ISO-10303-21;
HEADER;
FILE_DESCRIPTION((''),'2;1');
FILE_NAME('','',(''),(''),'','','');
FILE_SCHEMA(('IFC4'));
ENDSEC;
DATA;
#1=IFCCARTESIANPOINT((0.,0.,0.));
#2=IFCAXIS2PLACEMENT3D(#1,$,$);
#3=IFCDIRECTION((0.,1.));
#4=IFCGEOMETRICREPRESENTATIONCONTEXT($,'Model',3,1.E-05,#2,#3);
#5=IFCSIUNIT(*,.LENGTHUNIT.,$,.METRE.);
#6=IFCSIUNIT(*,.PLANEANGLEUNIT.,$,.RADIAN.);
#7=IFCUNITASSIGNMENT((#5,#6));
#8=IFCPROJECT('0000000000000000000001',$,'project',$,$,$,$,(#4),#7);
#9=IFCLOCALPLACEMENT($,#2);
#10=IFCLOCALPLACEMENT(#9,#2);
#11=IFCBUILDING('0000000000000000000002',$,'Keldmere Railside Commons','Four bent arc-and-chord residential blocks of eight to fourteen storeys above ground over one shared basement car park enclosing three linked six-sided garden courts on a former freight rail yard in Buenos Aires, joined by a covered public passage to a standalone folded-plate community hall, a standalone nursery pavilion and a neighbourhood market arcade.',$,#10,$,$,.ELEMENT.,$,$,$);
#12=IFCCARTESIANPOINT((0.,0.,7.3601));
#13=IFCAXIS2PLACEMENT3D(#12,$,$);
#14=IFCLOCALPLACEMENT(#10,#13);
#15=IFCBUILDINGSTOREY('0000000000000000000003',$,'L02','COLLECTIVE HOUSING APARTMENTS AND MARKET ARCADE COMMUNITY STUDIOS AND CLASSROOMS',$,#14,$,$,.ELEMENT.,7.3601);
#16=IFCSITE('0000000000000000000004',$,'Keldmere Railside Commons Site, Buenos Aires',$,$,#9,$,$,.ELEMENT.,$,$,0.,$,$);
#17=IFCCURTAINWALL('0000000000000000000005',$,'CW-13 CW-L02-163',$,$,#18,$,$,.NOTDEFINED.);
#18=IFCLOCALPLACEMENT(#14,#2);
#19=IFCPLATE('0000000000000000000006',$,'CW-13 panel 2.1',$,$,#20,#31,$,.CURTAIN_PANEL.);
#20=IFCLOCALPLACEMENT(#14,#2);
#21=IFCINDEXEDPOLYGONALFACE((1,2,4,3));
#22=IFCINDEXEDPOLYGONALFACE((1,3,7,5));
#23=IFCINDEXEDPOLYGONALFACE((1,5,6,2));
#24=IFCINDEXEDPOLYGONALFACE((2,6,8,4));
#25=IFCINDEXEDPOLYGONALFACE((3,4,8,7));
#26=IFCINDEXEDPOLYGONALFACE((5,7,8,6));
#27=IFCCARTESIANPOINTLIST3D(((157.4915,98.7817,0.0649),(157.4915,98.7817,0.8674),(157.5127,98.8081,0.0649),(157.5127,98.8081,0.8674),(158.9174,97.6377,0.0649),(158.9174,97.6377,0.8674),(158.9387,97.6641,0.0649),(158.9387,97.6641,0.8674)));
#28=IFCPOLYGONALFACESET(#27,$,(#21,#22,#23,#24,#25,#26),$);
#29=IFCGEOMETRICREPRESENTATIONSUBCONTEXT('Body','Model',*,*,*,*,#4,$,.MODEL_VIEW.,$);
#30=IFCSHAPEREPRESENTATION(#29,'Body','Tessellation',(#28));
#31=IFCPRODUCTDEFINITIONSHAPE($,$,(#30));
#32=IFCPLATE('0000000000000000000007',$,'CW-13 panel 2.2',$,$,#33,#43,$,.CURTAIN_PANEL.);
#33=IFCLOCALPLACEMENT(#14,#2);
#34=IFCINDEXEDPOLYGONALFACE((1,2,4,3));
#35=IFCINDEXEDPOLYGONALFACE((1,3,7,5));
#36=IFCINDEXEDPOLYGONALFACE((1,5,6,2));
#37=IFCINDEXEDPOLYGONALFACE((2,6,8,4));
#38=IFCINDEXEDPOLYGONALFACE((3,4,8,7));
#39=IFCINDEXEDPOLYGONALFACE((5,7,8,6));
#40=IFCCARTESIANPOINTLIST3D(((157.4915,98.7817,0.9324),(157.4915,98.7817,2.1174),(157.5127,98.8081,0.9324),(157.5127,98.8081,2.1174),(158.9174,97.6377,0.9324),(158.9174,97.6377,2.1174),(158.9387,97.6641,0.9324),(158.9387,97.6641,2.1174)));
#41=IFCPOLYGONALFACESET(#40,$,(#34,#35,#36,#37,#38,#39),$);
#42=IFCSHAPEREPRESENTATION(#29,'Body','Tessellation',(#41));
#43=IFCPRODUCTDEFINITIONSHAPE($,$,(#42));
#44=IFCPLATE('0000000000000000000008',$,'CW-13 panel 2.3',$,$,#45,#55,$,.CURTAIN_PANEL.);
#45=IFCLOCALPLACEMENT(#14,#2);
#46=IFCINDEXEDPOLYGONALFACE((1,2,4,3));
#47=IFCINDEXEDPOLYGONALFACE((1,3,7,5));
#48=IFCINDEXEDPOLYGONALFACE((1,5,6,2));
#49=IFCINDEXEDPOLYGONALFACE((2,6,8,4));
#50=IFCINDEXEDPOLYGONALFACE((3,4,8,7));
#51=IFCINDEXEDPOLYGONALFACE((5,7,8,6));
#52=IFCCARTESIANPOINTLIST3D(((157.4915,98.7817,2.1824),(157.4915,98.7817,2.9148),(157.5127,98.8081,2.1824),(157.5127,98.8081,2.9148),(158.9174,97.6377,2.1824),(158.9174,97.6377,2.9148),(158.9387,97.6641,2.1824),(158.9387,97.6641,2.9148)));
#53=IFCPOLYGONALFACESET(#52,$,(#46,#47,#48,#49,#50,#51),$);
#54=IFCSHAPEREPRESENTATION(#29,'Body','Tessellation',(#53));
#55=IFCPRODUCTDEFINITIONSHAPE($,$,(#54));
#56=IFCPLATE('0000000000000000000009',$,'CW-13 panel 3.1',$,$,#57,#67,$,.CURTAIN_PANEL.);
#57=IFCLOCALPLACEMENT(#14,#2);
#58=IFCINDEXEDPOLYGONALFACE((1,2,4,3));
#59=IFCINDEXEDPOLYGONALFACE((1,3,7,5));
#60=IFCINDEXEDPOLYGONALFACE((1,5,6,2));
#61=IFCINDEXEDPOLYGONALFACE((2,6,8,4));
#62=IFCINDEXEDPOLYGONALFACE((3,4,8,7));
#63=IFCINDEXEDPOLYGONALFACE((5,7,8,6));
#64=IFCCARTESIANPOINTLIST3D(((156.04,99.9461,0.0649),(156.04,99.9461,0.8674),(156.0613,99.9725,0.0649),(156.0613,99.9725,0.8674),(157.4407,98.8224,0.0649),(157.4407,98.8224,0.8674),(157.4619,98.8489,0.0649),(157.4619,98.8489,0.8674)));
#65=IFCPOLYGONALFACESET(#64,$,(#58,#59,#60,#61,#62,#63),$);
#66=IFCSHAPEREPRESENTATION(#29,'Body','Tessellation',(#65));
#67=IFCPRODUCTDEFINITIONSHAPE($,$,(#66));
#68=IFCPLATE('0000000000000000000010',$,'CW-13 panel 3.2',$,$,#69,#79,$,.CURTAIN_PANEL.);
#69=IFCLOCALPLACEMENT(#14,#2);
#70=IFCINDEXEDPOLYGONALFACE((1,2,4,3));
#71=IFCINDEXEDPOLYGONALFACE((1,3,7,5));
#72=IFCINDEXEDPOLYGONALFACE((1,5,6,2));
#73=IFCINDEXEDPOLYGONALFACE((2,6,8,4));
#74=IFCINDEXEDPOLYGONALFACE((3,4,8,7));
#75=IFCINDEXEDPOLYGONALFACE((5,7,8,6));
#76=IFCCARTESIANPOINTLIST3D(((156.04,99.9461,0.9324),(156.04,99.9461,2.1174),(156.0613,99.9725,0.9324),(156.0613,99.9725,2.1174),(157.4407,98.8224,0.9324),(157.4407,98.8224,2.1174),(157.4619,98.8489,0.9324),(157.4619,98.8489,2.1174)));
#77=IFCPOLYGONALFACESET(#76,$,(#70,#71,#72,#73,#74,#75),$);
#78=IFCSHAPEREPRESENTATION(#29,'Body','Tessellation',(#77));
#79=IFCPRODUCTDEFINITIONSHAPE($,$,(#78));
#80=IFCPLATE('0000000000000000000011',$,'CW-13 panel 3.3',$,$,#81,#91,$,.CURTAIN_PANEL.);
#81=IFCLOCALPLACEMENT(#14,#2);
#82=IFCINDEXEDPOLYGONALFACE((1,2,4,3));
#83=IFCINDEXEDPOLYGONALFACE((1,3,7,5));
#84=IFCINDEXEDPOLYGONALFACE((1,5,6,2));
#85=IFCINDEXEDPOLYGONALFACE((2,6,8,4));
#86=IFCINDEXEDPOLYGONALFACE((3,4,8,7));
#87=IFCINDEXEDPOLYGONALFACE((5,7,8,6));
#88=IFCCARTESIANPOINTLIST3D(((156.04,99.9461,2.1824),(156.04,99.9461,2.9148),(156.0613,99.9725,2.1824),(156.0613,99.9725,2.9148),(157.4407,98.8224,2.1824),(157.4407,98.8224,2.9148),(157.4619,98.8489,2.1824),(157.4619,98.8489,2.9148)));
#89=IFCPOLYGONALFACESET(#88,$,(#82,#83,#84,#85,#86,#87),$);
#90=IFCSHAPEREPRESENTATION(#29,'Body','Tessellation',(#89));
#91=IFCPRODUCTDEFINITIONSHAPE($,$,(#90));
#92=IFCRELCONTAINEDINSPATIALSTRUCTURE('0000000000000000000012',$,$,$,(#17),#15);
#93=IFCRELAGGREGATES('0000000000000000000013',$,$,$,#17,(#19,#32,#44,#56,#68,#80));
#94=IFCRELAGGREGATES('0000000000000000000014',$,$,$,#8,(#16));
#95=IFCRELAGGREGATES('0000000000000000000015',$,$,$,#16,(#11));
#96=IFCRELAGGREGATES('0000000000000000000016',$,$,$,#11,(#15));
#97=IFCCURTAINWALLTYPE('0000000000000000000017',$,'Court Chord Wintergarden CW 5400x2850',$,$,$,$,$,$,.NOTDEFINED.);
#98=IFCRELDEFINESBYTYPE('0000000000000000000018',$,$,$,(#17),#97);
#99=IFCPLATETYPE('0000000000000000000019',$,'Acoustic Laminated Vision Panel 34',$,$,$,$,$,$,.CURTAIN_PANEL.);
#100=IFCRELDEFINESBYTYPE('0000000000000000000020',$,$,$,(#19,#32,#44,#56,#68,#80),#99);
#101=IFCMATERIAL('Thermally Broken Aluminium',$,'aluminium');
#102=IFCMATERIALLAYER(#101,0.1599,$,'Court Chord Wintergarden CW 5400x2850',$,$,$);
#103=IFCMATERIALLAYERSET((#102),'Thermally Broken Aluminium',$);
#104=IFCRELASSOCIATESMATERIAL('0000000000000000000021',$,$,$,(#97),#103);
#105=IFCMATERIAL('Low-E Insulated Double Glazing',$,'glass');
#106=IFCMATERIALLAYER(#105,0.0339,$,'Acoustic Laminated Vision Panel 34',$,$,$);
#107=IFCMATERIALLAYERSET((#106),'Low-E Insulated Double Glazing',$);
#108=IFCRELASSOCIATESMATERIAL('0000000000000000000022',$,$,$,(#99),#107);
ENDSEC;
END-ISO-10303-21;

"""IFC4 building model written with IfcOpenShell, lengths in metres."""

from ifc_helpers import new_model, si_unit, direction, frame, origin, origin_2d, place, context, subcontext, project, spatial, rectangle, extrude, material, layer, layer_set, type_object, element, aggregate, save


model = new_model("IFC4")

# Units and contexts
model_context = context("Model", 3, precision=1e-05, world=origin(), true_north=direction((0.0, 1.0)))
body_context = subcontext(model_context, "Body", "Model", "MODEL_VIEW")
ifc_project = project(units=[si_unit("LENGTHUNIT", "METRE"), si_unit("PLANEANGLEUNIT", "RADIAN")], contexts=[model_context])

# Site, building, storey
site_placement = place(None, origin())
site = spatial("IfcSite", under=ifc_project, at=site_placement, Name="Keldmere Railside Commons Site, Buenos Aires", CompositionType="ELEMENT", RefElevation=0.0)
building_placement = place(site_placement, origin())
building = spatial("IfcBuilding", under=site, at=building_placement, Name="Keldmere Railside Commons", Description="Four bent arc-and-chord residential blocks of eight to fourteen storeys above ground over one shared basement car park enclosing three linked six-sided garden courts on a former freight rail yard in Buenos Aires, joined by a covered public passage to a standalone folded-plate community hall, a standalone nursery pavilion and a neighbourhood market arcade.", CompositionType="ELEMENT")
storey_placement = place(building_placement, frame((0.0, 0.0, 7.3601)))
storey = spatial("IfcBuildingStorey", under=building, at=storey_placement, Name="L02", Description="COLLECTIVE HOUSING APARTMENTS AND MARKET ARCADE COMMUNITY STUDIOS AND CLASSROOMS", CompositionType="ELEMENT", Elevation=7.3601)

# Curtain wall, plates
ifc_material_1 = material(Name="Thermally Broken Aluminium", Category="aluminium")
ifc_layer_1 = layer(ifc_material_1, 0.1599, Name="Court Chord Wintergarden CW 5400x2850")
ifc_layer_set_1 = layer_set([ifc_layer_1], Name="Thermally Broken Aluminium")
curtain_wall_type = type_object("IfcCurtainWallType", Name="Court Chord Wintergarden CW 5400x2850", PredefinedType="NOTDEFINED", material=ifc_layer_set_1)
curtain_wall_placement = place(storey_placement, origin())
curtain_wall = element("IfcCurtainWall", 1, at=curtain_wall_placement, inside=storey, type_object=curtain_wall_type, Name="CW-13 CW-L02-163", PredefinedType="NOTDEFINED")
ifc_material_2 = material(Name="Low-E Insulated Double Glazing", Category="glass")
ifc_layer_2 = layer(ifc_material_2, 0.0339, Name="Acoustic Laminated Vision Panel 34")
ifc_layer_set_2 = layer_set([ifc_layer_2], Name="Low-E Insulated Double Glazing")
plate_type = type_object("IfcPlateType", Name="Acoustic Laminated Vision Panel 34", PredefinedType="CURTAIN_PANEL", material=ifc_layer_set_2)
plate_1_placement = place(storey_placement, frame((158.2151, 98.2229, 0.0649), z_axis=(0.0, 0.0, 1.0), x_axis=(-0.780009, 0.625768, 0.0)))
plate_1 = element("IfcPlate", 2, at=plate_1_placement, type_object=plate_type, Name="CW-13 panel 2.1", PredefinedType="CURTAIN_PANEL", context=body_context, shape_type="SweptSolid", body=[
    extrude(rectangle(XDim=1.8281, YDim=0.0339, at=origin_2d()), origin(), (0.0, 0.0, 1.0), 0.8025),
])
plate_2_placement = place(storey_placement, frame((158.2151, 98.2229, 0.9324), z_axis=(0.0, 0.0, 1.0), x_axis=(-0.780009, 0.625768, 0.0)))
plate_2 = element("IfcPlate", 3, at=plate_2_placement, type_object=plate_type, Name="CW-13 panel 2.2", PredefinedType="CURTAIN_PANEL", context=body_context, shape_type="SweptSolid", body=[
    extrude(rectangle(XDim=1.8281, YDim=0.0339, at=origin_2d()), origin(), (0.0, 0.0, 1.0), 1.1851),
])
plate_3_placement = place(storey_placement, frame((158.2151, 98.2229, 2.1824), z_axis=(0.0, 0.0, 1.0), x_axis=(-0.780009, 0.625768, 0.0)))
plate_3 = element("IfcPlate", 4, at=plate_3_placement, type_object=plate_type, Name="CW-13 panel 2.3", PredefinedType="CURTAIN_PANEL", context=body_context, shape_type="SweptSolid", body=[
    extrude(rectangle(XDim=1.8281, YDim=0.0339, at=origin_2d()), origin(), (0.0, 0.0, 1.0), 0.7324),
])
plate_4_placement = place(storey_placement, frame((156.751, 99.3975, 0.0649), z_axis=(0.0, 0.0, 1.0), x_axis=(-0.780009, 0.625768, 0.0)))
plate_4 = element("IfcPlate", 5, at=plate_4_placement, type_object=plate_type, Name="CW-13 panel 3.1", PredefinedType="CURTAIN_PANEL", context=body_context, shape_type="SweptSolid", body=[
    extrude(rectangle(XDim=1.7957, YDim=0.0339, at=origin_2d()), origin(), (0.0, 0.0, 1.0), 0.8025),
])
plate_5_placement = place(storey_placement, frame((156.751, 99.3975, 0.9324), z_axis=(0.0, 0.0, 1.0), x_axis=(-0.780009, 0.625768, 0.0)))
plate_5 = element("IfcPlate", 6, at=plate_5_placement, type_object=plate_type, Name="CW-13 panel 3.2", PredefinedType="CURTAIN_PANEL", context=body_context, shape_type="SweptSolid", body=[
    extrude(rectangle(XDim=1.7957, YDim=0.0339, at=origin_2d()), origin(), (0.0, 0.0, 1.0), 1.1851),
])
plate_6_placement = place(storey_placement, frame((156.751, 99.3975, 2.1824), z_axis=(0.0, 0.0, 1.0), x_axis=(-0.780009, 0.625768, 0.0)))
plate_6 = element("IfcPlate", 7, at=plate_6_placement, type_object=plate_type, Name="CW-13 panel 3.3", PredefinedType="CURTAIN_PANEL", context=body_context, shape_type="SweptSolid", body=[
    extrude(rectangle(XDim=1.7957, YDim=0.0339, at=origin_2d()), origin(), (0.0, 0.0, 1.0), 0.7324),
])
aggregate(curtain_wall, [plate_1, plate_2, plate_3, plate_4, plate_5, plate_6])

save(model, "model.ifc")
